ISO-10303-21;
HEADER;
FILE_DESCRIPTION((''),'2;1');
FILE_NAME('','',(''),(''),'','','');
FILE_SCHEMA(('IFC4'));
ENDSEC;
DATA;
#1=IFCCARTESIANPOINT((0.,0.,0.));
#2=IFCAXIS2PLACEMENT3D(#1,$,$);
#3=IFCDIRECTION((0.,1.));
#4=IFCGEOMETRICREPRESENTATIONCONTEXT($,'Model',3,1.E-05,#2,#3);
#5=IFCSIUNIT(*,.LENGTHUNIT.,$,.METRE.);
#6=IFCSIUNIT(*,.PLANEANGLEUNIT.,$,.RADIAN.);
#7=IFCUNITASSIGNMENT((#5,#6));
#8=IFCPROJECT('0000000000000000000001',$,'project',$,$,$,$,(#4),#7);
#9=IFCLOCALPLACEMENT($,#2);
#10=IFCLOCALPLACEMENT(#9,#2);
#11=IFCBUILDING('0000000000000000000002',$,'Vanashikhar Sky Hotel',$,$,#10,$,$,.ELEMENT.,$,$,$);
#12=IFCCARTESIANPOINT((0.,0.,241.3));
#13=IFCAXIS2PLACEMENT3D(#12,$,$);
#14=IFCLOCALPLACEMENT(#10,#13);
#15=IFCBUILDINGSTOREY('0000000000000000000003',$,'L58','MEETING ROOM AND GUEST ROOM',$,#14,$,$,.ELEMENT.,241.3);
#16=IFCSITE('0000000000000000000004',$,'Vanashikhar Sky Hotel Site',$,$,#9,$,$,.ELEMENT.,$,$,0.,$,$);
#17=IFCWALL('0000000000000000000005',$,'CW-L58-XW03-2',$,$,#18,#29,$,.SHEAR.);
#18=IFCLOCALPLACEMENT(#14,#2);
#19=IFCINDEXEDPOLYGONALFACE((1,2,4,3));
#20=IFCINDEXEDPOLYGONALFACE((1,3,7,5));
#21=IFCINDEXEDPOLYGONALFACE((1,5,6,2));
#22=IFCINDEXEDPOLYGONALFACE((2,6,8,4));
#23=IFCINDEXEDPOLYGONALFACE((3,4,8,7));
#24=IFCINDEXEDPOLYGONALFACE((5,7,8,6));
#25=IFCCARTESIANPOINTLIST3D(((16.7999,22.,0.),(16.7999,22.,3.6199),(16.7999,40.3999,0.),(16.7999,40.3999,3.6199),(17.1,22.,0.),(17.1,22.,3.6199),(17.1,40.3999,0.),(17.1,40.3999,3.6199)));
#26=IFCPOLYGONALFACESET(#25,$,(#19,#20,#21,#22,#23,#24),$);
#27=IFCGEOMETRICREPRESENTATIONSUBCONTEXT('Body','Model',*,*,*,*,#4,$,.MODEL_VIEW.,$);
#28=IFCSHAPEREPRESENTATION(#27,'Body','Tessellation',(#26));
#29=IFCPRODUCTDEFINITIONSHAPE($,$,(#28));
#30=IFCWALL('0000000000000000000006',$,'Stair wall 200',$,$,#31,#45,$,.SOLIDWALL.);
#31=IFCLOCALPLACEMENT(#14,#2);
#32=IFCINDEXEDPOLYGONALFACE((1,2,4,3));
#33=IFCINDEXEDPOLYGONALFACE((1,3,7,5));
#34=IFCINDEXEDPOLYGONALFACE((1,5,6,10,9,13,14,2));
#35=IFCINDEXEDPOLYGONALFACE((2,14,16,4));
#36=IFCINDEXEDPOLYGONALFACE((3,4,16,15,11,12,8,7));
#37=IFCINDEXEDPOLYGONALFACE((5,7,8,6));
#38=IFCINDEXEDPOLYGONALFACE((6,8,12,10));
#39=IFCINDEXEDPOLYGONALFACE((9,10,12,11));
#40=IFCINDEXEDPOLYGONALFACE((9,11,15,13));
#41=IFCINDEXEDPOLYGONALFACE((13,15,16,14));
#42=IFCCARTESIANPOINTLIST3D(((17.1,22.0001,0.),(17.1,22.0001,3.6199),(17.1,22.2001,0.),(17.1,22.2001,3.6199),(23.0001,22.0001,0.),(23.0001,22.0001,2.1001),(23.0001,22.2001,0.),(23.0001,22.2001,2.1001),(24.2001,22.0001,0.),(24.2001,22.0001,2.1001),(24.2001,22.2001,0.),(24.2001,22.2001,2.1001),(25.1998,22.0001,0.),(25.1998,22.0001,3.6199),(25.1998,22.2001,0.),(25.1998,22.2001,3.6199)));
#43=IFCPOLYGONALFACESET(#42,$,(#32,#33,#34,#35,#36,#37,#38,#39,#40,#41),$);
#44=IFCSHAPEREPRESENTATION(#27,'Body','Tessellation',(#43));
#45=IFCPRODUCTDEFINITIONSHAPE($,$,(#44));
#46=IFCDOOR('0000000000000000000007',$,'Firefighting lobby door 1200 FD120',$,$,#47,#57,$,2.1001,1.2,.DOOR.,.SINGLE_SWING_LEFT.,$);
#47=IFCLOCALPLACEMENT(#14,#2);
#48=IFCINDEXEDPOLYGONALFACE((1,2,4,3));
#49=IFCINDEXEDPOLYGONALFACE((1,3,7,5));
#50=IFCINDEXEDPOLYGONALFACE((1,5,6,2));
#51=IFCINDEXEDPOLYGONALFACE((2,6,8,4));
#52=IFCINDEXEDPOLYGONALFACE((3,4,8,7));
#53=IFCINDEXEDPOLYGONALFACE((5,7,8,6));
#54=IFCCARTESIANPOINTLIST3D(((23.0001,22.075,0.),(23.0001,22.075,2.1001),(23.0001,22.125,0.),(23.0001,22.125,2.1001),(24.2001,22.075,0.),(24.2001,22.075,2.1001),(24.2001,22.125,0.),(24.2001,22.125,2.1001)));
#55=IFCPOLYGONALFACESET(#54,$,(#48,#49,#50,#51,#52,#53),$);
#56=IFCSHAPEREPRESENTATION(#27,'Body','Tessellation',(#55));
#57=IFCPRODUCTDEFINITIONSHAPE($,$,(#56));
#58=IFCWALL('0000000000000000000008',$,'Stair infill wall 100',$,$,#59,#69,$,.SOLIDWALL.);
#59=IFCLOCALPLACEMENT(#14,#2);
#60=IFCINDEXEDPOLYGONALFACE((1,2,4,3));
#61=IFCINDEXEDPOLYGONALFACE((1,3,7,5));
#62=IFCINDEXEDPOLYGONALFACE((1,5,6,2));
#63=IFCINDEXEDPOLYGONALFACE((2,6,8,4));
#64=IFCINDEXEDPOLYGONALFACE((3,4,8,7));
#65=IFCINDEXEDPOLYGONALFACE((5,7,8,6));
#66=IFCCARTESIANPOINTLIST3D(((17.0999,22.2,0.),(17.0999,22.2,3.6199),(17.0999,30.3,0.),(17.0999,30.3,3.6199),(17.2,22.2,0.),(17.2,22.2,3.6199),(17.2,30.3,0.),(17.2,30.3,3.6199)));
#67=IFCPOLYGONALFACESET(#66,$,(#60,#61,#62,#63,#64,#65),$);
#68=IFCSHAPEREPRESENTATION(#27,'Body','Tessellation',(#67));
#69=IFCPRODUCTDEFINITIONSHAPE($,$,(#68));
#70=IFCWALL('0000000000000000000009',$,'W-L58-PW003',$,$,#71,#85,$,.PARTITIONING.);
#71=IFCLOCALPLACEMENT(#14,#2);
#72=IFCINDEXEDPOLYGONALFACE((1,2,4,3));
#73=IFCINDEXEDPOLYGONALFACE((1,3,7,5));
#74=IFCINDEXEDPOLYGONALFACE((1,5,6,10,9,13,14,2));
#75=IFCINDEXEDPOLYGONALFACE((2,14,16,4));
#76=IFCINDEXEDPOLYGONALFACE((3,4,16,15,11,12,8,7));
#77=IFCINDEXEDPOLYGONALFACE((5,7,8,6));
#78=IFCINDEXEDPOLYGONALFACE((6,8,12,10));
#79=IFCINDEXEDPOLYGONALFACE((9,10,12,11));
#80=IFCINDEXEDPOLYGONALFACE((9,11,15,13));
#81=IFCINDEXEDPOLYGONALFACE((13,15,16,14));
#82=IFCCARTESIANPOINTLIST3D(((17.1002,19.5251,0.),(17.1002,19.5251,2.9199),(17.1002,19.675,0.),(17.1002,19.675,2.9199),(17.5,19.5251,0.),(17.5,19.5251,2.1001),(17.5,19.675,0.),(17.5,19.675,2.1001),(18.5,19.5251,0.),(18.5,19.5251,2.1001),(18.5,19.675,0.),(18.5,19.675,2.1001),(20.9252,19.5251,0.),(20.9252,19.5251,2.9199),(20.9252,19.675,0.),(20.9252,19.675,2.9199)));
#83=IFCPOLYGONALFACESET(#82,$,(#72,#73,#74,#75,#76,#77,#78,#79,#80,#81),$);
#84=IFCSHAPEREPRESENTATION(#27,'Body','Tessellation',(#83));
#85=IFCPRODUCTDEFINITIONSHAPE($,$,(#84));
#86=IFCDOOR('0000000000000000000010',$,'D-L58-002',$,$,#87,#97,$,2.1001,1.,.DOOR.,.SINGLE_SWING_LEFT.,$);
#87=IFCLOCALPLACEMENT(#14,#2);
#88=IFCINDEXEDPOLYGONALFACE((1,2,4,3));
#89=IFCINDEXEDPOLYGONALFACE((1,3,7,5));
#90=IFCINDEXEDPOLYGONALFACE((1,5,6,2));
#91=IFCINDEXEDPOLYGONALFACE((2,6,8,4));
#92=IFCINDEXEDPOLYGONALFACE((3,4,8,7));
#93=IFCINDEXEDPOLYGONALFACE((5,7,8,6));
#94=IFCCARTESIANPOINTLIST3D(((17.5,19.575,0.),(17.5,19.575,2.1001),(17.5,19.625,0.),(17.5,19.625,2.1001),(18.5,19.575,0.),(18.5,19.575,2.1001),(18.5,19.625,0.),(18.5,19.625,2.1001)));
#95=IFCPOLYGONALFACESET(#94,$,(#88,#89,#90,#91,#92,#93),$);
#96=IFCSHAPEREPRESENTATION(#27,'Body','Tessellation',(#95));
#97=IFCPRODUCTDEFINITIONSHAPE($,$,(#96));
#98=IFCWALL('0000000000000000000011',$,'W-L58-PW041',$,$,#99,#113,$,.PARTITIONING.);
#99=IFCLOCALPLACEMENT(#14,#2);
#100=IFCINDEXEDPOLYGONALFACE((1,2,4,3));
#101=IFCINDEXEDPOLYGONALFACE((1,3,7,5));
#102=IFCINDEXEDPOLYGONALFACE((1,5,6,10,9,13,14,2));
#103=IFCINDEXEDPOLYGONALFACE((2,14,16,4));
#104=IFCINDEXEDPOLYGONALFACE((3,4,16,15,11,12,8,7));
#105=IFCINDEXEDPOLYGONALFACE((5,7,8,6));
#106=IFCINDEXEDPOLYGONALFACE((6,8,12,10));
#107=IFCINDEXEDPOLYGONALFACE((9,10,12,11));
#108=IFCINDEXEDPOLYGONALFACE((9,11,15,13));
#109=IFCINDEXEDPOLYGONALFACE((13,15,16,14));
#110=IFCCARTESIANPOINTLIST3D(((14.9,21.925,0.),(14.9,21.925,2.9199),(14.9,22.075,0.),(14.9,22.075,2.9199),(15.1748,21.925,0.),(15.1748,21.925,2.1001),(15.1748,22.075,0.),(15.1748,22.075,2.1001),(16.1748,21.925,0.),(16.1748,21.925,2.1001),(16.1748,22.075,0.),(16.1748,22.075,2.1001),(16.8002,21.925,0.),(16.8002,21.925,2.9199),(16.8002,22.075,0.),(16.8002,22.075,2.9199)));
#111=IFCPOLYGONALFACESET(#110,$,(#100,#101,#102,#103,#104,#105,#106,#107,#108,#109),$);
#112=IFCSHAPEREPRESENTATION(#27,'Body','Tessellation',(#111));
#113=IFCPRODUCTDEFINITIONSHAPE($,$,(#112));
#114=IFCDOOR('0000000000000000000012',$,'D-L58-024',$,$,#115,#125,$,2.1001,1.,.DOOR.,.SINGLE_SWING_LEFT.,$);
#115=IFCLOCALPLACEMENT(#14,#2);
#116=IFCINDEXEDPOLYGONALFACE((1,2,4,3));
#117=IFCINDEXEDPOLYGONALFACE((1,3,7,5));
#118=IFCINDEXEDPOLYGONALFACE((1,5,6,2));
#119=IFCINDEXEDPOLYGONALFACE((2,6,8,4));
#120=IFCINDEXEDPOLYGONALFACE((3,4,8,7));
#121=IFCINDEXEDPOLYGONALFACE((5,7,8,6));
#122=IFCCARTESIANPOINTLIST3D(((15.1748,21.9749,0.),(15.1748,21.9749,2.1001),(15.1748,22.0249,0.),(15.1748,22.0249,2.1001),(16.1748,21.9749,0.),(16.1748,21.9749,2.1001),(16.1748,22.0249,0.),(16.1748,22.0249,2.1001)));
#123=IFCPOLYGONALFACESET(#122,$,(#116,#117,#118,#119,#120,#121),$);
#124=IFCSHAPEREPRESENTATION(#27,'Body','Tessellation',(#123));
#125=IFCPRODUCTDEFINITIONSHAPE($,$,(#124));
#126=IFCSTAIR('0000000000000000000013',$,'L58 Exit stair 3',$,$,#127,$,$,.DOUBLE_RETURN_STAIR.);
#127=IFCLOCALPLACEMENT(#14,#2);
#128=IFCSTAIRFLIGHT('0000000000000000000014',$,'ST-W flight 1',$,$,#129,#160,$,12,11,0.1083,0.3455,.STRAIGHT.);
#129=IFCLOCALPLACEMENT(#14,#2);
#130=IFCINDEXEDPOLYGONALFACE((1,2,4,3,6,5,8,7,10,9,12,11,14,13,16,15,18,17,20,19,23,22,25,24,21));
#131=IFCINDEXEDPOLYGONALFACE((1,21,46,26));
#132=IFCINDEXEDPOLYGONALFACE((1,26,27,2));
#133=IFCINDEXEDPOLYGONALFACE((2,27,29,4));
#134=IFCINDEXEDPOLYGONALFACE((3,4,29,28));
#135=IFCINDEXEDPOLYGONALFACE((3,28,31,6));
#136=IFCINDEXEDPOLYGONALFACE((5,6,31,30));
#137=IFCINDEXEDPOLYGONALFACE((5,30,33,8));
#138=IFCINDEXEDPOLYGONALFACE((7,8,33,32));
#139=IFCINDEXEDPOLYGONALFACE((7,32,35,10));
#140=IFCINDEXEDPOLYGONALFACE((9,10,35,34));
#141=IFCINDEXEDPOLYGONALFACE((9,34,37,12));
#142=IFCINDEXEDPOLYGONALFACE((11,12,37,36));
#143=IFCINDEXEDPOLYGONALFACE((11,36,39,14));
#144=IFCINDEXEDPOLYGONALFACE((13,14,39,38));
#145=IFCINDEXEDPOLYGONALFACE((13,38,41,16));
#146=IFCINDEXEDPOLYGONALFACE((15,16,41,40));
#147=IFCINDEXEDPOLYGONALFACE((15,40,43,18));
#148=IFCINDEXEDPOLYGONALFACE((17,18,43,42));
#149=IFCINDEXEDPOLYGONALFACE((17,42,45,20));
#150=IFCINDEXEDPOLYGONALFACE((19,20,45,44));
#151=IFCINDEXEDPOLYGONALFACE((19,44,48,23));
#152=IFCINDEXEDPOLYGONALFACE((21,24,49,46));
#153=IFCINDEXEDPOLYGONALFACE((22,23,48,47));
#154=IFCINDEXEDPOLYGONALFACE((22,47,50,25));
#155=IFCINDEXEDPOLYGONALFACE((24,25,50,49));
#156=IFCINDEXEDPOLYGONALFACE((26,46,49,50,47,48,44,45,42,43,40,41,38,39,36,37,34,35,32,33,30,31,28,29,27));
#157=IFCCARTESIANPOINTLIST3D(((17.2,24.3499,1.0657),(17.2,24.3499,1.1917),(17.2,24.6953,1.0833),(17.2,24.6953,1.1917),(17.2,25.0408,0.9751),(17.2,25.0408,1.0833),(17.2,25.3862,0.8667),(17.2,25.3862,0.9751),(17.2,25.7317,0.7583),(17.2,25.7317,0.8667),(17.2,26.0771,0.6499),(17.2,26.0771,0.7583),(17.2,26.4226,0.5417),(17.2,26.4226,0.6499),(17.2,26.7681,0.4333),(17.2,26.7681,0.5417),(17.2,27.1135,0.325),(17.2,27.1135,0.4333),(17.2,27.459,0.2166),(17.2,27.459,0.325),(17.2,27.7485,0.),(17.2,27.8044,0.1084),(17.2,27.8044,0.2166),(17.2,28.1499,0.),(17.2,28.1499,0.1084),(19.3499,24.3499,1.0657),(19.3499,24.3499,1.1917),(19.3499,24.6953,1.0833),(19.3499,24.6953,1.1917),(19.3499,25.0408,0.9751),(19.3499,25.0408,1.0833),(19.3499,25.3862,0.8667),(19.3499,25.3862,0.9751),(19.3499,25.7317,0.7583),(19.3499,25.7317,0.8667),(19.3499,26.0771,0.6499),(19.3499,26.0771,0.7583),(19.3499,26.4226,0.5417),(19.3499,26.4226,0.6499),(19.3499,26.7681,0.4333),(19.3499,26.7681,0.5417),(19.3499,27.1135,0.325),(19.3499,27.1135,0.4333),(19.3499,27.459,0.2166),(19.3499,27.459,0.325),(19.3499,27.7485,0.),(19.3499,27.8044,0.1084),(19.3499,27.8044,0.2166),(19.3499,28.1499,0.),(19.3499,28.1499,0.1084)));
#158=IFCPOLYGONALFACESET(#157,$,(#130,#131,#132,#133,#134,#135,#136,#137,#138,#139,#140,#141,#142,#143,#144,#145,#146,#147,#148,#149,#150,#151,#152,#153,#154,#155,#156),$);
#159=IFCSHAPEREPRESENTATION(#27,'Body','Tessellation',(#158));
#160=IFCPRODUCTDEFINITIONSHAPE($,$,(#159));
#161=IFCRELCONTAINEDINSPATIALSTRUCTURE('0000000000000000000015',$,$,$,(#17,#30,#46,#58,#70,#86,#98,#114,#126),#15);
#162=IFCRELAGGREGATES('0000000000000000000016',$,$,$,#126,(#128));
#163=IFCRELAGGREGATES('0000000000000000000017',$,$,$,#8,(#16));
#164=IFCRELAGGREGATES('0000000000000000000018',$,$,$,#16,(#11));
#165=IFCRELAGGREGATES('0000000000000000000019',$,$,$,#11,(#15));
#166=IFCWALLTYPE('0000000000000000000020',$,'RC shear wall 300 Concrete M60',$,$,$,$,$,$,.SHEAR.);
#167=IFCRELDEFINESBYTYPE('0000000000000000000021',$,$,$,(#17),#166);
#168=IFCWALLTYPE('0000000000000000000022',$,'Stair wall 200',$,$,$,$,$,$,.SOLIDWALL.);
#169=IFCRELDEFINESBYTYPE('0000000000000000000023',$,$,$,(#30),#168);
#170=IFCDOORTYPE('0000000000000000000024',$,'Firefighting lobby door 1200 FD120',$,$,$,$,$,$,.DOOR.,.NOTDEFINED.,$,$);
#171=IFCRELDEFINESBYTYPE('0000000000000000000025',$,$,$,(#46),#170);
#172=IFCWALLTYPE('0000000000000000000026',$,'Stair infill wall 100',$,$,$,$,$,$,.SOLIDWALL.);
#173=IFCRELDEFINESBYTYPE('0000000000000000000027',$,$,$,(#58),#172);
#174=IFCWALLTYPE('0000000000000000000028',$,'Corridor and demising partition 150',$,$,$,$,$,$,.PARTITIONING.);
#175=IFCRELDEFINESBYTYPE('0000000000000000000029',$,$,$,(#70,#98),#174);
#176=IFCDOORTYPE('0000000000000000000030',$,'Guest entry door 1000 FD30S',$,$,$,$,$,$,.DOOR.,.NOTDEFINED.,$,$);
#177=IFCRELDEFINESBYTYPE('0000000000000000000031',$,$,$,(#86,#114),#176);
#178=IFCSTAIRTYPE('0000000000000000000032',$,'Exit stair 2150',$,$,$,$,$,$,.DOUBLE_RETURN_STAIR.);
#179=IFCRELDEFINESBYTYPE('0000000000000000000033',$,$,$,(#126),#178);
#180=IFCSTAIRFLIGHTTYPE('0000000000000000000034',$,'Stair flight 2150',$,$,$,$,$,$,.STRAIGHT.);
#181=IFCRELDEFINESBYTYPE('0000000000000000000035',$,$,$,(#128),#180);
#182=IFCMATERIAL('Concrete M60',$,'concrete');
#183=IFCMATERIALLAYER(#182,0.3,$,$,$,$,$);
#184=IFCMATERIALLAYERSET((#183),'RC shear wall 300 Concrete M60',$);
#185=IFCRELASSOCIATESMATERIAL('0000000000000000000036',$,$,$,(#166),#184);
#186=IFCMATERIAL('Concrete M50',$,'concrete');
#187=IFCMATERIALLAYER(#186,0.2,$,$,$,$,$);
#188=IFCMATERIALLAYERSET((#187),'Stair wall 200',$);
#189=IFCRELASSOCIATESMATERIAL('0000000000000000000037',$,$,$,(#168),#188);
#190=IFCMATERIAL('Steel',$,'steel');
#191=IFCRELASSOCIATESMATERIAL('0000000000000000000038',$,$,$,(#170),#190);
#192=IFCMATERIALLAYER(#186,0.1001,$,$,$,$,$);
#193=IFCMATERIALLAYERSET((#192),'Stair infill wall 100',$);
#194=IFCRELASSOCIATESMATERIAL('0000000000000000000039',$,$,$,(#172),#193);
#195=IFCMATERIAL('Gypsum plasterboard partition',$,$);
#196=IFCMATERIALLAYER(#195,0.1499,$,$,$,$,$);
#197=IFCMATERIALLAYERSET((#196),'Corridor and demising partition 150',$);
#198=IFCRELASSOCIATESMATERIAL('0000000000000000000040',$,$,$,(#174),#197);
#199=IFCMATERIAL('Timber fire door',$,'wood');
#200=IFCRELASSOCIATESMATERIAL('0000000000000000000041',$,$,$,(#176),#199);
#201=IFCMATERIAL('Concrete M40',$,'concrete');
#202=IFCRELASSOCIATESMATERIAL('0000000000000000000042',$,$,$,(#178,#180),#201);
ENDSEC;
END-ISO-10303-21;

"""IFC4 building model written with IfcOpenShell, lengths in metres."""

from ifc_helpers import new_model, si_unit, direction, frame, frame_2d, origin, place, context, subcontext, project, spatial, polyline, rectangle, outline, extrude, source, transform, mapped, material, layer, layer_set, type_object, element, fill, aggregate, save


model = new_model("IFC4")

# Units and contexts
model_context = context("Model", 3, precision=1e-05, world=origin(), true_north=direction((0.0, 1.0)))
body_context = subcontext(model_context, "Body", "Model", "MODEL_VIEW")
ifc_project = project(units=[si_unit("LENGTHUNIT", "METRE"), si_unit("PLANEANGLEUNIT", "RADIAN")], contexts=[model_context])

# Site, building, storey
site_placement = place(None, origin())
site = spatial("IfcSite", under=ifc_project, at=site_placement, Name="Vanashikhar Sky Hotel Site", CompositionType="ELEMENT", RefElevation=0.0)
building_placement = place(site_placement, origin())
building = spatial("IfcBuilding", under=site, at=building_placement, Name="Vanashikhar Sky Hotel", CompositionType="ELEMENT")
storey_placement = place(building_placement, frame((0.0, 0.0, 241.3)))
storey = spatial("IfcBuildingStorey", under=building, at=storey_placement, Name="L58", Description="MEETING ROOM AND GUEST ROOM", CompositionType="ELEMENT", Elevation=241.3)

# Wall
ifc_material_1 = material(Name="Concrete M60", Category="concrete")
ifc_layer_1 = layer(ifc_material_1, 0.3)
ifc_layer_set_1 = layer_set([ifc_layer_1], Name="RC shear wall 300 Concrete M60")
wall_type_1 = type_object("IfcWallType", Name="RC shear wall 300 Concrete M60", PredefinedType="SHEAR", material=ifc_layer_set_1)
shared_shape_1 = source(origin(), body_context, "Body", "SweptSolid", [
    extrude(rectangle(XDim=18.3999, YDim=0.3, at=frame_2d((9.2, 0.0))), origin(), (0.0, 0.0, 1.0), 3.6199),
])
wall_1_placement = place(storey_placement, frame((16.95, 22.0, 0.0), z_axis=(0.0, 0.0, 1.0), x_axis=(0.0, 1.0, 0.0)))
element("IfcWall", 1, at=wall_1_placement, inside=storey, type_object=wall_type_1, Name="CW-L58-XW03-2", PredefinedType="SHEAR", context=body_context, shape_type="MappedRepresentation", body=[
    mapped(shared_shape_1, transform((0.0, 0.0, 0.0), scale=1.0)),
])

# Wall, opening, door
ifc_material_2 = material(Name="Concrete M50", Category="concrete")
ifc_layer_2 = layer(ifc_material_2, 0.2)
ifc_layer_set_2 = layer_set([ifc_layer_2], Name="Stair wall 200")
wall_type_2 = type_object("IfcWallType", Name="Stair wall 200", PredefinedType="SOLIDWALL", material=ifc_layer_set_2)
shared_shape_2 = source(origin(), body_context, "Body", "SweptSolid", [
    extrude(rectangle(XDim=8.0999, YDim=0.2, at=frame_2d((4.0498, 0.0))), origin(), (0.0, 0.0, 1.0), 3.6199),
])
wall_2_placement = place(storey_placement, frame((17.1001, 22.1001, 0.0), z_axis=(0.0, 0.0, 1.0), x_axis=(1.0, 0.0, 0.0)))
wall_2 = element("IfcWall", 2, at=wall_2_placement, inside=storey, type_object=wall_type_2, Name="Stair wall 200", PredefinedType="SOLIDWALL", context=body_context, shape_type="MappedRepresentation", body=[
    mapped(shared_shape_2, transform((0.0, 0.0, 0.0), scale=1.0)),
])
shared_shape_3 = source(origin(), body_context, "Body", "SweptSolid", [
    extrude(rectangle(XDim=1.2, YDim=2.1001, at=frame_2d((0.6001, 1.05))), frame((0.0, 0.1099, 0.0), z_axis=(0.0, -1.0, 0.0), x_axis=(1.0, 0.0, 0.0)), (0.0, 0.0, 1.0), 0.22),
])
opening_1_placement = place(wall_2_placement, frame((5.8999, 0.0, 0.0)))
opening_1 = element("IfcOpeningElement", 3, at=opening_1_placement, cuts=wall_2, PredefinedType="OPENING", context=body_context, shape_type="MappedRepresentation", body=[
    mapped(shared_shape_3, transform((0.0, 0.0, 0.0), scale=1.0)),
])
ifc_material_3 = material(Name="Steel", Category="steel")
door_type_1 = type_object("IfcDoorType", Name="Firefighting lobby door 1200 FD120", OperationType="NOTDEFINED", PredefinedType="DOOR", material=ifc_material_3)
shared_shape_4 = source(origin(), body_context, "Body", "SweptSolid", [
    extrude(rectangle(XDim=1.2, YDim=2.1001, at=frame_2d((0.6001, 1.05))), frame((0.0, 0.0249, 0.0), z_axis=(0.0, -1.0, 0.0), x_axis=(1.0, 0.0, 0.0)), (0.0, 0.0, 1.0), 0.05),
])
door_1_placement = place(opening_1_placement, origin())
door_1 = element("IfcDoor", 4, at=door_1_placement, inside=storey, type_object=door_type_1, Name="Firefighting lobby door 1200 FD120", OperationType="SINGLE_SWING_LEFT", OverallHeight=2.1001, OverallWidth=1.2, PredefinedType="DOOR", context=body_context, shape_type="MappedRepresentation", body=[
    mapped(shared_shape_4, transform((0.0, 0.0, 0.0), scale=1.0)),
])
fill(opening_1, door_1)

# Wall
ifc_layer_3 = layer(ifc_material_2, 0.1001)
ifc_layer_set_3 = layer_set([ifc_layer_3], Name="Stair infill wall 100")
wall_type_3 = type_object("IfcWallType", Name="Stair infill wall 100", PredefinedType="SOLIDWALL", material=ifc_layer_set_3)
shared_shape_5 = source(origin(), body_context, "Body", "SweptSolid", [
    extrude(rectangle(XDim=8.1001, YDim=0.1001, at=frame_2d((4.05, 0.0))), origin(), (0.0, 0.0, 1.0), 3.6199),
])
wall_3_placement = place(storey_placement, frame((17.1499, 22.2, 0.0), z_axis=(0.0, 0.0, 1.0), x_axis=(0.0, 1.0, 0.0)))
element("IfcWall", 5, at=wall_3_placement, inside=storey, type_object=wall_type_3, Name="Stair infill wall 100", PredefinedType="SOLIDWALL", context=body_context, shape_type="MappedRepresentation", body=[
    mapped(shared_shape_5, transform((0.0, 0.0, 0.0), scale=1.0)),
])

# Walls, openings, doors
ifc_material_4 = material(Name="Gypsum plasterboard partition")
ifc_layer_4 = layer(ifc_material_4, 0.1499)
ifc_layer_set_4 = layer_set([ifc_layer_4], Name="Corridor and demising partition 150")
wall_type_4 = type_object("IfcWallType", Name="Corridor and demising partition 150", PredefinedType="PARTITIONING", material=ifc_layer_set_4)
shared_shape_6 = source(origin(), body_context, "Body", "SweptSolid", [
    extrude(rectangle(XDim=3.825, YDim=0.1499, at=frame_2d((1.9126, 0.0))), origin(), (0.0, 0.0, 1.0), 2.9199),
])
wall_4_placement = place(storey_placement, frame((17.1001, 19.6001, 0.0), z_axis=(0.0, 0.0, 1.0), x_axis=(1.0, 0.0, 0.0)))
wall_4 = element("IfcWall", 6, at=wall_4_placement, inside=storey, type_object=wall_type_4, Name="W-L58-PW003", PredefinedType="PARTITIONING", context=body_context, shape_type="MappedRepresentation", body=[
    mapped(shared_shape_6, transform((0.0, 0.0, 0.0), scale=1.0)),
])
shared_shape_7 = source(origin(), body_context, "Body", "SweptSolid", [
    extrude(rectangle(XDim=1.0, YDim=2.1001, at=frame_2d((0.5, 1.05))), frame((0.0, 0.085, 0.0), z_axis=(0.0, -1.0, 0.0), x_axis=(1.0, 0.0, 0.0)), (0.0, 0.0, 1.0), 0.1699),
])
opening_2_placement = place(wall_4_placement, frame((0.3999, 0.0, 0.0)))
opening_2 = element("IfcOpeningElement", 7, at=opening_2_placement, cuts=wall_4, PredefinedType="OPENING", context=body_context, shape_type="MappedRepresentation", body=[
    mapped(shared_shape_7, transform((0.0, 0.0, 0.0), scale=1.0)),
])
ifc_material_5 = material(Name="Timber fire door", Category="wood")
door_type_2 = type_object("IfcDoorType", Name="Guest entry door 1000 FD30S", OperationType="NOTDEFINED", PredefinedType="DOOR", material=ifc_material_5)
shared_shape_8 = source(origin(), body_context, "Body", "SweptSolid", [
    extrude(rectangle(XDim=1.0, YDim=2.1001, at=frame_2d((0.5, 1.05))), frame((0.0, 0.0249, 0.0), z_axis=(0.0, -1.0, 0.0), x_axis=(1.0, 0.0, 0.0)), (0.0, 0.0, 1.0), 0.05),
])
door_2_placement = place(opening_2_placement, origin())
door_2 = element("IfcDoor", 8, at=door_2_placement, inside=storey, type_object=door_type_2, Name="D-L58-002", OperationType="SINGLE_SWING_LEFT", OverallHeight=2.1001, OverallWidth=1.0, PredefinedType="DOOR", context=body_context, shape_type="MappedRepresentation", body=[
    mapped(shared_shape_8, transform((0.0, 0.0, 0.0), scale=1.0)),
])
fill(opening_2, door_2)
shared_shape_9 = source(origin(), body_context, "Body", "SweptSolid", [
    extrude(rectangle(XDim=1.9001, YDim=0.1499, at=frame_2d((0.9502, 0.0))), origin(), (0.0, 0.0, 1.0), 2.9199),
])
wall_5_placement = place(storey_placement, frame((14.8999, 22.0, 0.0), z_axis=(0.0, 0.0, 1.0), x_axis=(1.0, 0.0, 0.0)))
wall_5 = element("IfcWall", 9, at=wall_5_placement, inside=storey, type_object=wall_type_4, Name="W-L58-PW041", PredefinedType="PARTITIONING", context=body_context, shape_type="MappedRepresentation", body=[
    mapped(shared_shape_9, transform((0.0, 0.0, 0.0), scale=1.0)),
])
opening_3_placement = place(wall_5_placement, frame((0.2749, 0.0, 0.0)))
opening_3 = element("IfcOpeningElement", 10, at=opening_3_placement, cuts=wall_5, PredefinedType="OPENING", context=body_context, shape_type="MappedRepresentation", body=[
    mapped(shared_shape_7, transform((0.0, 0.0, 0.0), scale=1.0)),
])
door_3_placement = place(opening_3_placement, origin())
door_3 = element("IfcDoor", 11, at=door_3_placement, inside=storey, type_object=door_type_2, Name="D-L58-024", OperationType="SINGLE_SWING_LEFT", OverallHeight=2.1001, OverallWidth=1.0, PredefinedType="DOOR", context=body_context, shape_type="MappedRepresentation", body=[
    mapped(shared_shape_8, transform((0.0, 0.0, 0.0), scale=1.0)),
])
fill(opening_3, door_3)

# Stair, stair flight
ifc_material_6 = material(Name="Concrete M40", Category="concrete")
stair_type = type_object("IfcStairType", Name="Exit stair 2150", PredefinedType="DOUBLE_RETURN_STAIR", material=ifc_material_6)
stair_placement = place(storey_placement, origin())
stair = element("IfcStair", 12, at=stair_placement, inside=storey, type_object=stair_type, Name="L58 Exit stair 3", PredefinedType="DOUBLE_RETURN_STAIR")
stair_flight_type = type_object("IfcStairFlightType", Name="Stair flight 2150", PredefinedType="STRAIGHT", material=ifc_material_6)
shared_shape_10 = source(origin(), body_context, "Body", "SweptSolid", [
    extrude(outline(polyline([(0.0, 0.0), (0.0, 0.1084), (0.3455, 0.1084), (0.3455, 0.2166), (0.6909, 0.2166), (0.6909, 0.325), (1.0364, 0.325), (1.0364, 0.4333), (1.3818, 0.4333), (1.3818, 0.5417), (1.7273, 0.5417), (1.7273, 0.6499), (2.0728, 0.6499), (2.0728, 0.7583), (2.4182, 0.7583), (2.4182, 0.8667), (2.7637, 0.8667), (2.7637, 0.9751), (3.1091, 0.9751), (3.1091, 1.0833), (3.4546, 1.0833), (3.4546, 1.1917), (3.8, 1.1917), (3.8, 1.3), (3.8, 1.0657), (0.4014, 0.0), (0.0, 0.0)])), frame((0.0, 1.075, 0.0), z_axis=(0.0, -1.0, 0.0), x_axis=(1.0, 0.0, 0.0)), (0.0, 0.0, 1.0), 2.1499),
])
stair_flight_1_placement = place(storey_placement, frame((18.2749, 28.1499, 0.0), z_axis=(0.0, 0.0, 1.0), x_axis=(0.0, -1.0, 0.0)))
stair_flight_1 = element("IfcStairFlight", 13, at=stair_flight_1_placement, type_object=stair_flight_type, Name="ST-W flight 1", NumberOfRisers=12, NumberOfTreads=11, PredefinedType="STRAIGHT", RiserHeight=0.1083, TreadLength=0.3455, context=body_context, shape_type="MappedRepresentation", body=[
    mapped(shared_shape_10, transform((0.0, 0.0, 0.0), scale=1.0)),
])
aggregate(stair, [stair_flight_1])

save(model, "model.ifc")
